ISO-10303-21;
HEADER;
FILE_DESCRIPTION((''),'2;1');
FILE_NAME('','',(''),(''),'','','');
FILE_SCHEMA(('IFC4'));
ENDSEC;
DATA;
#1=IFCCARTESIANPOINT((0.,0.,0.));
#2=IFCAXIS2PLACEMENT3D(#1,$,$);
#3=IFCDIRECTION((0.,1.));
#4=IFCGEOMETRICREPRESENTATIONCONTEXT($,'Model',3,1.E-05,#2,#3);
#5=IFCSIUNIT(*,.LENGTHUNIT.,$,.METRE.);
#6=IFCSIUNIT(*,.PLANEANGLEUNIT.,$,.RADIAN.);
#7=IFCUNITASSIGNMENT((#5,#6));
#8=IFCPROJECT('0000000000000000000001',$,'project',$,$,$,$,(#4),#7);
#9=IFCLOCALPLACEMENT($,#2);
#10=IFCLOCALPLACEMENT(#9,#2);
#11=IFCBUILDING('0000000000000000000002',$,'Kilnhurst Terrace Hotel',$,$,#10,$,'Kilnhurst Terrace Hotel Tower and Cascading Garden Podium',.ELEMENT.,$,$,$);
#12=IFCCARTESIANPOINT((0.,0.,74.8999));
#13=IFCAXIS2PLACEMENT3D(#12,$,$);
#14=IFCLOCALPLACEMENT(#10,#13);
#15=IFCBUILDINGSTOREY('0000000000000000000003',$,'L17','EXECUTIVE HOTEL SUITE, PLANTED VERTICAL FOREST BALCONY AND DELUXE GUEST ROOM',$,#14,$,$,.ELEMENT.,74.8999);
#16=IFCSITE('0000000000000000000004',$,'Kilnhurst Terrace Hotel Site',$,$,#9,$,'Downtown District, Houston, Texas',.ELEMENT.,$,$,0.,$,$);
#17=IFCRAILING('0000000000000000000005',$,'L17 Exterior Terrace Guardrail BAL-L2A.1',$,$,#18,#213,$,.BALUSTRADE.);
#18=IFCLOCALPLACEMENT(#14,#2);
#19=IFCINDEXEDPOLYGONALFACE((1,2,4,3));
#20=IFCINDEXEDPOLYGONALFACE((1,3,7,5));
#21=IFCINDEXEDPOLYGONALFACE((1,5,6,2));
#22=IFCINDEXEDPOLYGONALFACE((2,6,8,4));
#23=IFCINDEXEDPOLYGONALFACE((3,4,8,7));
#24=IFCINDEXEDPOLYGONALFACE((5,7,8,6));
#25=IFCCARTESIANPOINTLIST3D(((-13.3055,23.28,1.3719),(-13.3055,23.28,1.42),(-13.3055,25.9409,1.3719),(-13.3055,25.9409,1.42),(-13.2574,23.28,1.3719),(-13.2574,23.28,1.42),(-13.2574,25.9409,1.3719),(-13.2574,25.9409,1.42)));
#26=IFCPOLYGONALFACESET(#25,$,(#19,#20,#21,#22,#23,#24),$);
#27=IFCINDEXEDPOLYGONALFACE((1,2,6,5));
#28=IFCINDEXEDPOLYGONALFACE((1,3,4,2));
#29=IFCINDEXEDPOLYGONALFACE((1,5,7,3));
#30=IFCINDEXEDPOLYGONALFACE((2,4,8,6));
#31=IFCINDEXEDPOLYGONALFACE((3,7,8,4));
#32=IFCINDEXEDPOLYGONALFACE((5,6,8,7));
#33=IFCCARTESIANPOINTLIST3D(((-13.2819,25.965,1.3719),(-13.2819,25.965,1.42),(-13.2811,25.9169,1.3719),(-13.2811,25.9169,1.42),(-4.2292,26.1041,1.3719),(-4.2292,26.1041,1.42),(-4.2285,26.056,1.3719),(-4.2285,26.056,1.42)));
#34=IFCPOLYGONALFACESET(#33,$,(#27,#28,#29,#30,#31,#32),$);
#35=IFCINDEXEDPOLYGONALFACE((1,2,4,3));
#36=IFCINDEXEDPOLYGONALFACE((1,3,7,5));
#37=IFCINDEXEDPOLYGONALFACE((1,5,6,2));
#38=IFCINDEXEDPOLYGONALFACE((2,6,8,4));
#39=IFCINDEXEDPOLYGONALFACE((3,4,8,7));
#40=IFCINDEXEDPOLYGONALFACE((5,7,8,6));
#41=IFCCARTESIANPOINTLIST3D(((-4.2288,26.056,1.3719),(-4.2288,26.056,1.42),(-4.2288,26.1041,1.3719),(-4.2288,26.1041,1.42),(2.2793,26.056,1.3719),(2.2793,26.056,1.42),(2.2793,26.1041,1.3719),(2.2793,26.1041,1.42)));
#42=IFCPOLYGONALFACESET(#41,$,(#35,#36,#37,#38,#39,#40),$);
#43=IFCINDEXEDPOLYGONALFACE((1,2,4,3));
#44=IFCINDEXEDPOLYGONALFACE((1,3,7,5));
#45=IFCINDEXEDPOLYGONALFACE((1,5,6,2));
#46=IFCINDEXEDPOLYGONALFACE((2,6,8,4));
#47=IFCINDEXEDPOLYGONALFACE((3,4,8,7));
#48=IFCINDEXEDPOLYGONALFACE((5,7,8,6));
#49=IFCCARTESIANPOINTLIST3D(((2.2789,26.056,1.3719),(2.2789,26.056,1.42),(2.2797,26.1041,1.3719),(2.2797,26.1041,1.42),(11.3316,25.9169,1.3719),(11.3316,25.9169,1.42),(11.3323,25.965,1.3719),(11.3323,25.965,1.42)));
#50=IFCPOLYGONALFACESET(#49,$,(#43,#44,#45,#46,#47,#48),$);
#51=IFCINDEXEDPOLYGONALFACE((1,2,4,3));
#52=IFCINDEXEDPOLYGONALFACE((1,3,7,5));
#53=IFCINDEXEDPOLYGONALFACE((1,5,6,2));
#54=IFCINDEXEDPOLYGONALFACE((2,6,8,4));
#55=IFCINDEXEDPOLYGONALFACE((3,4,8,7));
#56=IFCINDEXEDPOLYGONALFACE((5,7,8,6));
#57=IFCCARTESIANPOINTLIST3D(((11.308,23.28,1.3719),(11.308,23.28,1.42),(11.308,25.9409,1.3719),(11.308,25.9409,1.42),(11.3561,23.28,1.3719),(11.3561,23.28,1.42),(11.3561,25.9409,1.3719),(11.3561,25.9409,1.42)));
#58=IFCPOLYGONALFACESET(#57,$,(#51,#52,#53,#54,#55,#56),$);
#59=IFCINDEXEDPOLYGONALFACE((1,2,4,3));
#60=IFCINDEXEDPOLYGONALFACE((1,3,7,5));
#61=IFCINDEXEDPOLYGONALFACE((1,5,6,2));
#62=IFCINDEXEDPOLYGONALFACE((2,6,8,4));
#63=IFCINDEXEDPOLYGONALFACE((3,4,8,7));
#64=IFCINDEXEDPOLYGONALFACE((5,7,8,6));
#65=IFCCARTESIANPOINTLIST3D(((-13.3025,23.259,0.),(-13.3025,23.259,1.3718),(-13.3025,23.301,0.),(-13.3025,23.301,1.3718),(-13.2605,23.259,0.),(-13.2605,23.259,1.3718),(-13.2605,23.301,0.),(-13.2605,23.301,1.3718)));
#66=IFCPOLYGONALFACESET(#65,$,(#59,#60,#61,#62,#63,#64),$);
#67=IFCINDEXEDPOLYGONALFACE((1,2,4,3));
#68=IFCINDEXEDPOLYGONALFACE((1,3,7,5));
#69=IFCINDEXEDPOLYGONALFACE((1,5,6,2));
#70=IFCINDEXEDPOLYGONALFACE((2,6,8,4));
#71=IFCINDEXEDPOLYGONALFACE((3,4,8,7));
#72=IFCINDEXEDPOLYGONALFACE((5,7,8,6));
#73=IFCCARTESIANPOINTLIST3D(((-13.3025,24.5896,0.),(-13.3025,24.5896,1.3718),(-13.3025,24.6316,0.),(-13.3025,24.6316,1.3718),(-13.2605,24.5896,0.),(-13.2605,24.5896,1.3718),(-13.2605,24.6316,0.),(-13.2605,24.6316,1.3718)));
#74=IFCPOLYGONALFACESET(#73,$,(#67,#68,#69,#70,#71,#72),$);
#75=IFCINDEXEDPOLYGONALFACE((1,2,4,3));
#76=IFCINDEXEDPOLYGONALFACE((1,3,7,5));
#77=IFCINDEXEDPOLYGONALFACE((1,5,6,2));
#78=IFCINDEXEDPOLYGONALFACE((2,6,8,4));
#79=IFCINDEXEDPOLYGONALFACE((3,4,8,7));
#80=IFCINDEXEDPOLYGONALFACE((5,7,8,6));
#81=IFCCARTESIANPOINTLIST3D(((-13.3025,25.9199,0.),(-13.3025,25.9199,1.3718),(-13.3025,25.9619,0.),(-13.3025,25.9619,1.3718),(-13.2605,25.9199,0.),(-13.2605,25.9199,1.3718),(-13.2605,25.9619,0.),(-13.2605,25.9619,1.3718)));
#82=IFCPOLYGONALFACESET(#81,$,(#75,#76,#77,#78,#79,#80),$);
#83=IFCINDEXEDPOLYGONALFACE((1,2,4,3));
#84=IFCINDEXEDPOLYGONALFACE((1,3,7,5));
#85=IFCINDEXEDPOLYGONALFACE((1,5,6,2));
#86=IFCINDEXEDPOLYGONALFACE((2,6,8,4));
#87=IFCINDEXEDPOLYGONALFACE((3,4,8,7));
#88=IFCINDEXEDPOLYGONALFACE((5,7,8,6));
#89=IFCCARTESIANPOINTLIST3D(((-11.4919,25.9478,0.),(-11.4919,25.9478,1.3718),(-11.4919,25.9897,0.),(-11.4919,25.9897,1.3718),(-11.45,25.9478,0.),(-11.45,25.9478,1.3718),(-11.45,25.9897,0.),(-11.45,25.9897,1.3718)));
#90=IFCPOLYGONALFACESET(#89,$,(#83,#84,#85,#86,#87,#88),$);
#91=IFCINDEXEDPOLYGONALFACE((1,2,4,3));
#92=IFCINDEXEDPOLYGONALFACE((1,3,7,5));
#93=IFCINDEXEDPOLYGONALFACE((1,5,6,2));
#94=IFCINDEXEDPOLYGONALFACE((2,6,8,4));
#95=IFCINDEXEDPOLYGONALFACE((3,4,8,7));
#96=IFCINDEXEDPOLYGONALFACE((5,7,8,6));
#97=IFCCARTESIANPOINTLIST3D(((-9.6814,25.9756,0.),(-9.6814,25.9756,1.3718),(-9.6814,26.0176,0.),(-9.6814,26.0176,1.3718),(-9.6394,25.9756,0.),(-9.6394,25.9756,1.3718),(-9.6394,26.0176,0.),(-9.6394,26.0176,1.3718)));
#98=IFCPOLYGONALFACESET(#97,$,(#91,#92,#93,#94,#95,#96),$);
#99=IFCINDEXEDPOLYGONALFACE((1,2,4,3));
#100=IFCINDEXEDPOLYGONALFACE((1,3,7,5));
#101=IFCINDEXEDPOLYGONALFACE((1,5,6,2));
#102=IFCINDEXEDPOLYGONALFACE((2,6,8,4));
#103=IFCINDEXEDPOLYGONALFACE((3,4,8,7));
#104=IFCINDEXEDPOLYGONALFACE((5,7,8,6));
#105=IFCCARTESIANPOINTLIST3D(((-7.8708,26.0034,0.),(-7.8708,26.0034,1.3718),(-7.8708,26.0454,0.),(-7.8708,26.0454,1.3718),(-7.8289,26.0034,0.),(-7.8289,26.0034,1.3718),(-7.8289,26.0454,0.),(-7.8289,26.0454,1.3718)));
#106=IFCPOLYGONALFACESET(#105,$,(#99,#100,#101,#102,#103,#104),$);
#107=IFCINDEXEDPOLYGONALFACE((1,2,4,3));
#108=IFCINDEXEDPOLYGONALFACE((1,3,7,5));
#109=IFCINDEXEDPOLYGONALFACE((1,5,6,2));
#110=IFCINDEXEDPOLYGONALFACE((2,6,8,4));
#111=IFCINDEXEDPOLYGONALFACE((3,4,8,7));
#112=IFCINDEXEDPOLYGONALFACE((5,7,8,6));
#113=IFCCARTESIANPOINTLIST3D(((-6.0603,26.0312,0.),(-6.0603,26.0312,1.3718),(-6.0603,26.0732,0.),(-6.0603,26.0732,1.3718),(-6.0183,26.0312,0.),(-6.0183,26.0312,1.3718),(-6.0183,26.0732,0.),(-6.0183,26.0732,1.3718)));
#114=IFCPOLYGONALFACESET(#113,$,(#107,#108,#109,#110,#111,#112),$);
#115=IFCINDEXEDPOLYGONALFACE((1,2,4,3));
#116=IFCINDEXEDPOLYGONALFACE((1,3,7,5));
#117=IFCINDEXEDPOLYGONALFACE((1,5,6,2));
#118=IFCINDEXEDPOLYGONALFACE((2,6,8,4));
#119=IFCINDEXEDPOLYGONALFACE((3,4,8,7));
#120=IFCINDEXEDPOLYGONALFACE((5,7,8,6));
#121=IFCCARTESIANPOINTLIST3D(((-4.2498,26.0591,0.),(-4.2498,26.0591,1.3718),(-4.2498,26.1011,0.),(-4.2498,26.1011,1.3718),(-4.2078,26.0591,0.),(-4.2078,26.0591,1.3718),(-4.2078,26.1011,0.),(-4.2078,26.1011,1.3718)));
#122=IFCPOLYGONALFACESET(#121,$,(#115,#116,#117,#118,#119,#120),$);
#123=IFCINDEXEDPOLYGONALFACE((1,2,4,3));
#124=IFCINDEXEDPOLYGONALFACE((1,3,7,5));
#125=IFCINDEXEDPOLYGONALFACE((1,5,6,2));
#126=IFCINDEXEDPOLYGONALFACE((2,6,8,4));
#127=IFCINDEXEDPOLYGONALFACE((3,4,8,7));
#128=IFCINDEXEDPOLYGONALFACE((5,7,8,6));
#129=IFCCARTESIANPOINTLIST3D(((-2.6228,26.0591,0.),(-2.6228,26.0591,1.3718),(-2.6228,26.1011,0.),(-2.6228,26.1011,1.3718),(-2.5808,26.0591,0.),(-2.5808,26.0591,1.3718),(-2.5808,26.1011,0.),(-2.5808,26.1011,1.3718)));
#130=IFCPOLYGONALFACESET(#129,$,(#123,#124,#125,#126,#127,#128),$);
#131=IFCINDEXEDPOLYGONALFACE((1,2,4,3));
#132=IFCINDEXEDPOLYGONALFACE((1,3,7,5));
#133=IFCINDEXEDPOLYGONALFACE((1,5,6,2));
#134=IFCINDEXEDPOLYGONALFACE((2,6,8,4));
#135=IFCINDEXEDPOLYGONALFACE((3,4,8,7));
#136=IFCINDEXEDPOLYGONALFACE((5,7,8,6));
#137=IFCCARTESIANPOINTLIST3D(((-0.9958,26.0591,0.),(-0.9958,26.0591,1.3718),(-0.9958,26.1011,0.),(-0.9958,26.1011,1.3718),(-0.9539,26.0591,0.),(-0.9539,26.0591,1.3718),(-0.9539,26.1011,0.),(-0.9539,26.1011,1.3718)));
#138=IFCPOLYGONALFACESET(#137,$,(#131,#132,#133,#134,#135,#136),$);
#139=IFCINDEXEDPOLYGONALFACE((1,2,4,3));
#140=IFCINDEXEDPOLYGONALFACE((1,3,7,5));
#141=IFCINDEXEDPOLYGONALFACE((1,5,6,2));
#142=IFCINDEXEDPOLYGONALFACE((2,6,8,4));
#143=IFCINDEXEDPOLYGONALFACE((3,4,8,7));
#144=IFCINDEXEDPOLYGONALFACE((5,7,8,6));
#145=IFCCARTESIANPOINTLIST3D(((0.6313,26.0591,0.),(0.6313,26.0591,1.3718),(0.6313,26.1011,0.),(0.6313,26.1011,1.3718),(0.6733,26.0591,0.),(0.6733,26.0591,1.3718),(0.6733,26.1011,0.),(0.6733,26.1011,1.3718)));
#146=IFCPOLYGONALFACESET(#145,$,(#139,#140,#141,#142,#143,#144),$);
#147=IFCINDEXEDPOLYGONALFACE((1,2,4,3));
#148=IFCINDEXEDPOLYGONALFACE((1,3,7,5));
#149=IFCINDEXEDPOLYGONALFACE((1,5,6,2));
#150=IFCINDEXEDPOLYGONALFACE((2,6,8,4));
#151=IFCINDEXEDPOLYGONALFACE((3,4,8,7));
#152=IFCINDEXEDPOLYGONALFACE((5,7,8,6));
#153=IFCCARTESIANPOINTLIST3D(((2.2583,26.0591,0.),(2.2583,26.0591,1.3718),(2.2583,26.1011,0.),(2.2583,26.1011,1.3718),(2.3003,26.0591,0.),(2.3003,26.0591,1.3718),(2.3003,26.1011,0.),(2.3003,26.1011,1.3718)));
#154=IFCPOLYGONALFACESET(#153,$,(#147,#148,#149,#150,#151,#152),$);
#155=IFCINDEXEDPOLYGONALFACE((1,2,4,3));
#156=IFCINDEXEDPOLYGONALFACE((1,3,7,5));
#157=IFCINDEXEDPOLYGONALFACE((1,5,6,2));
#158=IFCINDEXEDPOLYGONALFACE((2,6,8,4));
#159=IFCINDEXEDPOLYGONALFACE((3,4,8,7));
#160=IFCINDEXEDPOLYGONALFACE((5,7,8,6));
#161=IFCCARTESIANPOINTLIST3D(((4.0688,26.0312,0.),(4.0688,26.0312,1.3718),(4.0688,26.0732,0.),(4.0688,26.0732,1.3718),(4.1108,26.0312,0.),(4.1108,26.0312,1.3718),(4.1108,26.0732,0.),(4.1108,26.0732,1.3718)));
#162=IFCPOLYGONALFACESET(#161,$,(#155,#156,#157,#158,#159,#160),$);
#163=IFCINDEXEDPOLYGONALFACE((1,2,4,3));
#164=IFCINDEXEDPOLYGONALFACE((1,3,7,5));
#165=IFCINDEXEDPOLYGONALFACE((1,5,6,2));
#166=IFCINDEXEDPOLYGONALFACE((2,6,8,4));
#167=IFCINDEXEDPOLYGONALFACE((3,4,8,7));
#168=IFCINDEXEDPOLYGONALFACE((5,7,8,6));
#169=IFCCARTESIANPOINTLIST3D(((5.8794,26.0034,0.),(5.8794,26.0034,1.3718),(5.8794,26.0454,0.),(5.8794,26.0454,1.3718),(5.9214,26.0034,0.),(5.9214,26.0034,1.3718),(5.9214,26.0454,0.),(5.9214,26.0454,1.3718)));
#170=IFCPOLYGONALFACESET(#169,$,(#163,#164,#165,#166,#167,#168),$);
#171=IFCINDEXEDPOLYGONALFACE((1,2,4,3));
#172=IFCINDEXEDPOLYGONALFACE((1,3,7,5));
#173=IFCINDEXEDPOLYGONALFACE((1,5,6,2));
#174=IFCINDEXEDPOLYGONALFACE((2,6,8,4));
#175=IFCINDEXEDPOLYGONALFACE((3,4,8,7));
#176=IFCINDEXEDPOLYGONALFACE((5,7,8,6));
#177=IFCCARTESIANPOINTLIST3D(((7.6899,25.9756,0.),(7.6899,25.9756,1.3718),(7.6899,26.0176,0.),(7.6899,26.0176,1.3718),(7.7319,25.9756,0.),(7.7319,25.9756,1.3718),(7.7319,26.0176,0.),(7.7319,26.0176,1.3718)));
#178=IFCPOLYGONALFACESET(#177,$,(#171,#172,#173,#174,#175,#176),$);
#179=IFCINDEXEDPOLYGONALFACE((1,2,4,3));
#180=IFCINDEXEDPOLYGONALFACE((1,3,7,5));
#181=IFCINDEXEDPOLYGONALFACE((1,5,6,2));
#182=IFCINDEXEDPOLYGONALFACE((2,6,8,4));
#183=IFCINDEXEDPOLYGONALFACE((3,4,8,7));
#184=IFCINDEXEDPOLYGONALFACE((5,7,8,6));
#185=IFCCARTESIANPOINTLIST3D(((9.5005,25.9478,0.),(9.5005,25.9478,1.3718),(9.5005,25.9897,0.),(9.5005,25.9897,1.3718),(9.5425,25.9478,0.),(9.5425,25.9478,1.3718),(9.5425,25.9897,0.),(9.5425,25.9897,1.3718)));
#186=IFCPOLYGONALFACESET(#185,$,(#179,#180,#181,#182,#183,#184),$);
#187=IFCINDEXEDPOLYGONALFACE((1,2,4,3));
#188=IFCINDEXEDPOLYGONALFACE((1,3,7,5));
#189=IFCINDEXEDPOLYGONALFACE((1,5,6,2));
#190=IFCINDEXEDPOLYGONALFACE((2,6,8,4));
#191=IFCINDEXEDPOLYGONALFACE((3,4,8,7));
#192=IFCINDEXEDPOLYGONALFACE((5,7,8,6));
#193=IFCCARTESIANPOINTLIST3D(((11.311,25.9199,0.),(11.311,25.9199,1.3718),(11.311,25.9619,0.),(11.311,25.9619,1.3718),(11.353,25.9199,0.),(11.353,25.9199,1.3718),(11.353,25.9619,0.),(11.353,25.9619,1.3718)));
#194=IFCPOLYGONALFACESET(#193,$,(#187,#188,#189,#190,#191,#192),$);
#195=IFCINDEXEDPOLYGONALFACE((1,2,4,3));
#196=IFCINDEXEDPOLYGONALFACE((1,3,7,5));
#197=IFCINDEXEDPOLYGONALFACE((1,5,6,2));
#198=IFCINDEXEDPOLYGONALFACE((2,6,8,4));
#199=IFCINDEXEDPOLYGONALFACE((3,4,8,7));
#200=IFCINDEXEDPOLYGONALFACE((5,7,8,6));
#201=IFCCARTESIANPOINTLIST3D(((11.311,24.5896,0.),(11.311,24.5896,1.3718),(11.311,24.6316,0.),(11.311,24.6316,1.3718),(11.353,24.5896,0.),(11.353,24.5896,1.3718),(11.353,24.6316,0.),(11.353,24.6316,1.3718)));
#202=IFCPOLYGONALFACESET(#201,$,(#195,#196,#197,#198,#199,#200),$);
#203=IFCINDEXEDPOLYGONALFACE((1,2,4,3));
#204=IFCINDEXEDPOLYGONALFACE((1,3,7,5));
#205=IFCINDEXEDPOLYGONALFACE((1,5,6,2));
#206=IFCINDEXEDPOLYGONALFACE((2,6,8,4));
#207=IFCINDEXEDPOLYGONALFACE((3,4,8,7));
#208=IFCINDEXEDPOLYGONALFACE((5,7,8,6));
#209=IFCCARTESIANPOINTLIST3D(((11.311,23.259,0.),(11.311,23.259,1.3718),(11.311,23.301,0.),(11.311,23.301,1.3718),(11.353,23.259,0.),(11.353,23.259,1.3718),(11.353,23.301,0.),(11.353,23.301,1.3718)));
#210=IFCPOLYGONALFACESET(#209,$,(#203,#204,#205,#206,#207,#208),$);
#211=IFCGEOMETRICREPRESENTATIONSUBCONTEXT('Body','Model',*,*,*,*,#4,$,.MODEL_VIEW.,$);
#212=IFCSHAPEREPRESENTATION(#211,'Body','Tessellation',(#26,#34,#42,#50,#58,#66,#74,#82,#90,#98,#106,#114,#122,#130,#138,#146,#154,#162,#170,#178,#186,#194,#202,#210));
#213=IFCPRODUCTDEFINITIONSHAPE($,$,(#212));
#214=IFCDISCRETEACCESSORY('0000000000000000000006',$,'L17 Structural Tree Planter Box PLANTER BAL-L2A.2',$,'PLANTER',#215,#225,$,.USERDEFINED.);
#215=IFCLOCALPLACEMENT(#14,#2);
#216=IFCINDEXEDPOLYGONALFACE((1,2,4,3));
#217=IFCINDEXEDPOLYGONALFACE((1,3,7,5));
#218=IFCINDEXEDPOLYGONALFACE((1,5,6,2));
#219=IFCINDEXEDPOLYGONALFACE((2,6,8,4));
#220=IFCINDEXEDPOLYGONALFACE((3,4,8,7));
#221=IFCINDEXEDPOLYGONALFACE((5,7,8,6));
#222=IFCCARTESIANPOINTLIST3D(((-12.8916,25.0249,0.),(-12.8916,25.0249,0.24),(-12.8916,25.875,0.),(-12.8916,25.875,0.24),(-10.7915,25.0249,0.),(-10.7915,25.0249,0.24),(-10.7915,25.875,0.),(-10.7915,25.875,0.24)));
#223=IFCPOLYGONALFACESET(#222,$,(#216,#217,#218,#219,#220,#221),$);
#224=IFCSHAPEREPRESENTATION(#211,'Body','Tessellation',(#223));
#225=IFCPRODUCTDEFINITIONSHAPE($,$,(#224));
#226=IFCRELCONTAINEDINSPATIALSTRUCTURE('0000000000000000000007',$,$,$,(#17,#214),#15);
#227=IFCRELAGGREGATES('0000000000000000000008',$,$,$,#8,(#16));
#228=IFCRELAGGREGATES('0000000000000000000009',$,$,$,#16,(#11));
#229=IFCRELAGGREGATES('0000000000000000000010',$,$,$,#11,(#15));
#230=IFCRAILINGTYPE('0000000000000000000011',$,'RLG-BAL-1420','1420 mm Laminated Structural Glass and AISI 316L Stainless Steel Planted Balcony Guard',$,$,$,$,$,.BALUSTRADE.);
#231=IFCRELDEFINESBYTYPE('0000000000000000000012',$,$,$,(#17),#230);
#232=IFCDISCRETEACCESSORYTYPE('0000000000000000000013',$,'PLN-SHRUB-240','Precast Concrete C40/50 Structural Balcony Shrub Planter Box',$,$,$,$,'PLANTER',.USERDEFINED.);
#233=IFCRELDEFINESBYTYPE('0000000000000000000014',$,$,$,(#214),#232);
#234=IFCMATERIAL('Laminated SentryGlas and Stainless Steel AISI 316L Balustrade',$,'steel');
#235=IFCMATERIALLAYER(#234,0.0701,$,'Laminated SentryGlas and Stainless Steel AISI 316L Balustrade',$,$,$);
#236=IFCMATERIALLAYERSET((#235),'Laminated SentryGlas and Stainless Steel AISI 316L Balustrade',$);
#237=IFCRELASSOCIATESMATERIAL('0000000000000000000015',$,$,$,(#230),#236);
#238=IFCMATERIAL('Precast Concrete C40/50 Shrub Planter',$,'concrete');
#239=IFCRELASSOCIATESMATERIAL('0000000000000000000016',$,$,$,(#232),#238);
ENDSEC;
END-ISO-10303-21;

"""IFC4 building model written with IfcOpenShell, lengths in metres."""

from ifc_helpers import new_model, si_unit, direction, frame, origin, origin_2d, place, context, subcontext, project, spatial, rectangle, extrude, material, layer, layer_set, type_object, element, save


model = new_model("IFC4")

# Units and contexts
model_context = context("Model", 3, precision=1e-05, world=origin(), true_north=direction((0.0, 1.0)))
body_context = subcontext(model_context, "Body", "Model", "MODEL_VIEW")
ifc_project = project(units=[si_unit("LENGTHUNIT", "METRE"), si_unit("PLANEANGLEUNIT", "RADIAN")], contexts=[model_context])

# Site, building, storey
site_placement = place(None, origin())
site = spatial("IfcSite", under=ifc_project, at=site_placement, Name="Kilnhurst Terrace Hotel Site", LongName="Downtown District, Houston, Texas", CompositionType="ELEMENT", RefElevation=0.0)
building_placement = place(site_placement, origin())
building = spatial("IfcBuilding", under=site, at=building_placement, Name="Kilnhurst Terrace Hotel", LongName="Kilnhurst Terrace Hotel Tower and Cascading Garden Podium", CompositionType="ELEMENT")
storey_placement = place(building_placement, frame((0.0, 0.0, 74.8999)))
storey = spatial("IfcBuildingStorey", under=building, at=storey_placement, Name="L17", Description="EXECUTIVE HOTEL SUITE, PLANTED VERTICAL FOREST BALCONY AND DELUXE GUEST ROOM", CompositionType="ELEMENT", Elevation=74.8999)

# Railing
ifc_material_1 = material(Name="Laminated SentryGlas and Stainless Steel AISI 316L Balustrade", Category="steel")
ifc_layer_1 = layer(ifc_material_1, 0.0701, Name="Laminated SentryGlas and Stainless Steel AISI 316L Balustrade")
ifc_layer_set_1 = layer_set([ifc_layer_1], Name="Laminated SentryGlas and Stainless Steel AISI 316L Balustrade")
railing_type = type_object("IfcRailingType", Name="RLG-BAL-1420", Description="1420 mm Laminated Structural Glass and AISI 316L Stainless Steel Planted Balcony Guard", PredefinedType="BALUSTRADE", material=ifc_layer_set_1)
railing_placement = place(storey_placement, frame((-13.2815, 23.28, 0.0)))
element("IfcRailing", 1, at=railing_placement, inside=storey, type_object=railing_type, Name="L17 Exterior Terrace Guardrail BAL-L2A.1", PredefinedType="BALUSTRADE", context=body_context, shape_type="SweptSolid", body=[
    extrude(rectangle(XDim=0.0481, YDim=0.0481, at=origin_2d()), frame((0.0, 0.0, 1.396), z_axis=(0.0, 1.0, 0.0), x_axis=(-1.0, 0.0, 0.0)), (0.0, 0.0, 1.0), 2.6609),
    extrude(rectangle(XDim=0.0481, YDim=0.0481, at=origin_2d()), frame((0.0, 2.6609, 1.396), z_axis=(0.999882, 0.01537, 0.0), x_axis=(-0.01537, 0.999882, 0.0)), (0.0, 0.0, 1.0), 9.0537),
    extrude(rectangle(XDim=0.0481, YDim=0.0481, at=origin_2d()), frame((9.0527, 2.8, 1.396), z_axis=(1.0, 0.0, 0.0), x_axis=(0.0, 1.0, 0.0)), (0.0, 0.0, 1.0), 6.5081),
    extrude(rectangle(XDim=0.0481, YDim=0.0481, at=origin_2d()), frame((15.5608, 2.8, 1.396), z_axis=(0.999882, -0.01537, 0.0), x_axis=(0.01537, 0.999882, 0.0)), (0.0, 0.0, 1.0), 9.0537),
    extrude(rectangle(XDim=0.0481, YDim=0.0481, at=origin_2d()), frame((24.6135, 2.6609, 1.396), z_axis=(0.0, -1.0, 0.0), x_axis=(1.0, 0.0, 0.0)), (0.0, 0.0, 1.0), 2.6609),
    extrude(rectangle(XDim=0.042, YDim=0.042, at=origin_2d()), origin(), (0.0, 0.0, 1.0), 1.3718),
    extrude(rectangle(XDim=0.042, YDim=0.042, at=origin_2d()), frame((0.0, 1.3306, 0.0)), (0.0, 0.0, 1.0), 1.3718),
    extrude(rectangle(XDim=0.042, YDim=0.042, at=origin_2d()), frame((0.0, 2.6609, 0.0)), (0.0, 0.0, 1.0), 1.3718),
    extrude(rectangle(XDim=0.042, YDim=0.042, at=origin_2d()), frame((1.8105, 2.6887, 0.0)), (0.0, 0.0, 1.0), 1.3718),
    extrude(rectangle(XDim=0.042, YDim=0.042, at=origin_2d()), frame((3.6211, 2.7166, 0.0)), (0.0, 0.0, 1.0), 1.3718),
    extrude(rectangle(XDim=0.042, YDim=0.042, at=origin_2d()), frame((5.4316, 2.7444, 0.0)), (0.0, 0.0, 1.0), 1.3718),
    extrude(rectangle(XDim=0.042, YDim=0.042, at=origin_2d()), frame((7.2422, 2.7722, 0.0)), (0.0, 0.0, 1.0), 1.3718),
    extrude(rectangle(XDim=0.042, YDim=0.042, at=origin_2d()), frame((9.0527, 2.8, 0.0)), (0.0, 0.0, 1.0), 1.3718),
    extrude(rectangle(XDim=0.042, YDim=0.042, at=origin_2d()), frame((10.6797, 2.8, 0.0)), (0.0, 0.0, 1.0), 1.3718),
    extrude(rectangle(XDim=0.042, YDim=0.042, at=origin_2d()), frame((12.3066, 2.8, 0.0)), (0.0, 0.0, 1.0), 1.3718),
    extrude(rectangle(XDim=0.042, YDim=0.042, at=origin_2d()), frame((13.9338, 2.8, 0.0)), (0.0, 0.0, 1.0), 1.3718),
    extrude(rectangle(XDim=0.042, YDim=0.042, at=origin_2d()), frame((15.5608, 2.8, 0.0)), (0.0, 0.0, 1.0), 1.3718),
    extrude(rectangle(XDim=0.042, YDim=0.042, at=origin_2d()), frame((17.3713, 2.7722, 0.0)), (0.0, 0.0, 1.0), 1.3718),
    extrude(rectangle(XDim=0.042, YDim=0.042, at=origin_2d()), frame((19.1819, 2.7444, 0.0)), (0.0, 0.0, 1.0), 1.3718),
    extrude(rectangle(XDim=0.042, YDim=0.042, at=origin_2d()), frame((20.9924, 2.7166, 0.0)), (0.0, 0.0, 1.0), 1.3718),
    extrude(rectangle(XDim=0.042, YDim=0.042, at=origin_2d()), frame((22.803, 2.6887, 0.0)), (0.0, 0.0, 1.0), 1.3718),
    extrude(rectangle(XDim=0.042, YDim=0.042, at=origin_2d()), frame((24.6135, 2.6609, 0.0)), (0.0, 0.0, 1.0), 1.3718),
    extrude(rectangle(XDim=0.042, YDim=0.042, at=origin_2d()), frame((24.6135, 1.3306, 0.0)), (0.0, 0.0, 1.0), 1.3718),
    extrude(rectangle(XDim=0.042, YDim=0.042, at=origin_2d()), frame((24.6135, 0.0, 0.0)), (0.0, 0.0, 1.0), 1.3718),
])

# Discrete accessory
ifc_material_2 = material(Name="Precast Concrete C40/50 Shrub Planter", Category="concrete")
discrete_accessory_type_1 = type_object("IfcDiscreteAccessoryType", Name="PLN-SHRUB-240", Description="Precast Concrete C40/50 Structural Balcony Shrub Planter Box", ElementType="PLANTER", PredefinedType="USERDEFINED", material=ifc_material_2)
discrete_accessory_1_placement = place(storey_placement, frame((-11.8416, 25.45, 0.0), z_axis=(0.0, 0.0, 1.0), x_axis=(-1.0, 0.0, 0.0)))
element("IfcDiscreteAccessory", 2, at=discrete_accessory_1_placement, inside=storey, type_object=discrete_accessory_type_1, Name="L17 Structural Tree Planter Box PLANTER BAL-L2A.2", ObjectType="PLANTER", PredefinedType="USERDEFINED", context=body_context, shape_type="SweptSolid", body=[
    extrude(rectangle(XDim=2.1001, YDim=0.8501, at=origin_2d()), origin(), (0.0, 0.0, 1.0), 0.24),
])

save(model, "model.ifc")
